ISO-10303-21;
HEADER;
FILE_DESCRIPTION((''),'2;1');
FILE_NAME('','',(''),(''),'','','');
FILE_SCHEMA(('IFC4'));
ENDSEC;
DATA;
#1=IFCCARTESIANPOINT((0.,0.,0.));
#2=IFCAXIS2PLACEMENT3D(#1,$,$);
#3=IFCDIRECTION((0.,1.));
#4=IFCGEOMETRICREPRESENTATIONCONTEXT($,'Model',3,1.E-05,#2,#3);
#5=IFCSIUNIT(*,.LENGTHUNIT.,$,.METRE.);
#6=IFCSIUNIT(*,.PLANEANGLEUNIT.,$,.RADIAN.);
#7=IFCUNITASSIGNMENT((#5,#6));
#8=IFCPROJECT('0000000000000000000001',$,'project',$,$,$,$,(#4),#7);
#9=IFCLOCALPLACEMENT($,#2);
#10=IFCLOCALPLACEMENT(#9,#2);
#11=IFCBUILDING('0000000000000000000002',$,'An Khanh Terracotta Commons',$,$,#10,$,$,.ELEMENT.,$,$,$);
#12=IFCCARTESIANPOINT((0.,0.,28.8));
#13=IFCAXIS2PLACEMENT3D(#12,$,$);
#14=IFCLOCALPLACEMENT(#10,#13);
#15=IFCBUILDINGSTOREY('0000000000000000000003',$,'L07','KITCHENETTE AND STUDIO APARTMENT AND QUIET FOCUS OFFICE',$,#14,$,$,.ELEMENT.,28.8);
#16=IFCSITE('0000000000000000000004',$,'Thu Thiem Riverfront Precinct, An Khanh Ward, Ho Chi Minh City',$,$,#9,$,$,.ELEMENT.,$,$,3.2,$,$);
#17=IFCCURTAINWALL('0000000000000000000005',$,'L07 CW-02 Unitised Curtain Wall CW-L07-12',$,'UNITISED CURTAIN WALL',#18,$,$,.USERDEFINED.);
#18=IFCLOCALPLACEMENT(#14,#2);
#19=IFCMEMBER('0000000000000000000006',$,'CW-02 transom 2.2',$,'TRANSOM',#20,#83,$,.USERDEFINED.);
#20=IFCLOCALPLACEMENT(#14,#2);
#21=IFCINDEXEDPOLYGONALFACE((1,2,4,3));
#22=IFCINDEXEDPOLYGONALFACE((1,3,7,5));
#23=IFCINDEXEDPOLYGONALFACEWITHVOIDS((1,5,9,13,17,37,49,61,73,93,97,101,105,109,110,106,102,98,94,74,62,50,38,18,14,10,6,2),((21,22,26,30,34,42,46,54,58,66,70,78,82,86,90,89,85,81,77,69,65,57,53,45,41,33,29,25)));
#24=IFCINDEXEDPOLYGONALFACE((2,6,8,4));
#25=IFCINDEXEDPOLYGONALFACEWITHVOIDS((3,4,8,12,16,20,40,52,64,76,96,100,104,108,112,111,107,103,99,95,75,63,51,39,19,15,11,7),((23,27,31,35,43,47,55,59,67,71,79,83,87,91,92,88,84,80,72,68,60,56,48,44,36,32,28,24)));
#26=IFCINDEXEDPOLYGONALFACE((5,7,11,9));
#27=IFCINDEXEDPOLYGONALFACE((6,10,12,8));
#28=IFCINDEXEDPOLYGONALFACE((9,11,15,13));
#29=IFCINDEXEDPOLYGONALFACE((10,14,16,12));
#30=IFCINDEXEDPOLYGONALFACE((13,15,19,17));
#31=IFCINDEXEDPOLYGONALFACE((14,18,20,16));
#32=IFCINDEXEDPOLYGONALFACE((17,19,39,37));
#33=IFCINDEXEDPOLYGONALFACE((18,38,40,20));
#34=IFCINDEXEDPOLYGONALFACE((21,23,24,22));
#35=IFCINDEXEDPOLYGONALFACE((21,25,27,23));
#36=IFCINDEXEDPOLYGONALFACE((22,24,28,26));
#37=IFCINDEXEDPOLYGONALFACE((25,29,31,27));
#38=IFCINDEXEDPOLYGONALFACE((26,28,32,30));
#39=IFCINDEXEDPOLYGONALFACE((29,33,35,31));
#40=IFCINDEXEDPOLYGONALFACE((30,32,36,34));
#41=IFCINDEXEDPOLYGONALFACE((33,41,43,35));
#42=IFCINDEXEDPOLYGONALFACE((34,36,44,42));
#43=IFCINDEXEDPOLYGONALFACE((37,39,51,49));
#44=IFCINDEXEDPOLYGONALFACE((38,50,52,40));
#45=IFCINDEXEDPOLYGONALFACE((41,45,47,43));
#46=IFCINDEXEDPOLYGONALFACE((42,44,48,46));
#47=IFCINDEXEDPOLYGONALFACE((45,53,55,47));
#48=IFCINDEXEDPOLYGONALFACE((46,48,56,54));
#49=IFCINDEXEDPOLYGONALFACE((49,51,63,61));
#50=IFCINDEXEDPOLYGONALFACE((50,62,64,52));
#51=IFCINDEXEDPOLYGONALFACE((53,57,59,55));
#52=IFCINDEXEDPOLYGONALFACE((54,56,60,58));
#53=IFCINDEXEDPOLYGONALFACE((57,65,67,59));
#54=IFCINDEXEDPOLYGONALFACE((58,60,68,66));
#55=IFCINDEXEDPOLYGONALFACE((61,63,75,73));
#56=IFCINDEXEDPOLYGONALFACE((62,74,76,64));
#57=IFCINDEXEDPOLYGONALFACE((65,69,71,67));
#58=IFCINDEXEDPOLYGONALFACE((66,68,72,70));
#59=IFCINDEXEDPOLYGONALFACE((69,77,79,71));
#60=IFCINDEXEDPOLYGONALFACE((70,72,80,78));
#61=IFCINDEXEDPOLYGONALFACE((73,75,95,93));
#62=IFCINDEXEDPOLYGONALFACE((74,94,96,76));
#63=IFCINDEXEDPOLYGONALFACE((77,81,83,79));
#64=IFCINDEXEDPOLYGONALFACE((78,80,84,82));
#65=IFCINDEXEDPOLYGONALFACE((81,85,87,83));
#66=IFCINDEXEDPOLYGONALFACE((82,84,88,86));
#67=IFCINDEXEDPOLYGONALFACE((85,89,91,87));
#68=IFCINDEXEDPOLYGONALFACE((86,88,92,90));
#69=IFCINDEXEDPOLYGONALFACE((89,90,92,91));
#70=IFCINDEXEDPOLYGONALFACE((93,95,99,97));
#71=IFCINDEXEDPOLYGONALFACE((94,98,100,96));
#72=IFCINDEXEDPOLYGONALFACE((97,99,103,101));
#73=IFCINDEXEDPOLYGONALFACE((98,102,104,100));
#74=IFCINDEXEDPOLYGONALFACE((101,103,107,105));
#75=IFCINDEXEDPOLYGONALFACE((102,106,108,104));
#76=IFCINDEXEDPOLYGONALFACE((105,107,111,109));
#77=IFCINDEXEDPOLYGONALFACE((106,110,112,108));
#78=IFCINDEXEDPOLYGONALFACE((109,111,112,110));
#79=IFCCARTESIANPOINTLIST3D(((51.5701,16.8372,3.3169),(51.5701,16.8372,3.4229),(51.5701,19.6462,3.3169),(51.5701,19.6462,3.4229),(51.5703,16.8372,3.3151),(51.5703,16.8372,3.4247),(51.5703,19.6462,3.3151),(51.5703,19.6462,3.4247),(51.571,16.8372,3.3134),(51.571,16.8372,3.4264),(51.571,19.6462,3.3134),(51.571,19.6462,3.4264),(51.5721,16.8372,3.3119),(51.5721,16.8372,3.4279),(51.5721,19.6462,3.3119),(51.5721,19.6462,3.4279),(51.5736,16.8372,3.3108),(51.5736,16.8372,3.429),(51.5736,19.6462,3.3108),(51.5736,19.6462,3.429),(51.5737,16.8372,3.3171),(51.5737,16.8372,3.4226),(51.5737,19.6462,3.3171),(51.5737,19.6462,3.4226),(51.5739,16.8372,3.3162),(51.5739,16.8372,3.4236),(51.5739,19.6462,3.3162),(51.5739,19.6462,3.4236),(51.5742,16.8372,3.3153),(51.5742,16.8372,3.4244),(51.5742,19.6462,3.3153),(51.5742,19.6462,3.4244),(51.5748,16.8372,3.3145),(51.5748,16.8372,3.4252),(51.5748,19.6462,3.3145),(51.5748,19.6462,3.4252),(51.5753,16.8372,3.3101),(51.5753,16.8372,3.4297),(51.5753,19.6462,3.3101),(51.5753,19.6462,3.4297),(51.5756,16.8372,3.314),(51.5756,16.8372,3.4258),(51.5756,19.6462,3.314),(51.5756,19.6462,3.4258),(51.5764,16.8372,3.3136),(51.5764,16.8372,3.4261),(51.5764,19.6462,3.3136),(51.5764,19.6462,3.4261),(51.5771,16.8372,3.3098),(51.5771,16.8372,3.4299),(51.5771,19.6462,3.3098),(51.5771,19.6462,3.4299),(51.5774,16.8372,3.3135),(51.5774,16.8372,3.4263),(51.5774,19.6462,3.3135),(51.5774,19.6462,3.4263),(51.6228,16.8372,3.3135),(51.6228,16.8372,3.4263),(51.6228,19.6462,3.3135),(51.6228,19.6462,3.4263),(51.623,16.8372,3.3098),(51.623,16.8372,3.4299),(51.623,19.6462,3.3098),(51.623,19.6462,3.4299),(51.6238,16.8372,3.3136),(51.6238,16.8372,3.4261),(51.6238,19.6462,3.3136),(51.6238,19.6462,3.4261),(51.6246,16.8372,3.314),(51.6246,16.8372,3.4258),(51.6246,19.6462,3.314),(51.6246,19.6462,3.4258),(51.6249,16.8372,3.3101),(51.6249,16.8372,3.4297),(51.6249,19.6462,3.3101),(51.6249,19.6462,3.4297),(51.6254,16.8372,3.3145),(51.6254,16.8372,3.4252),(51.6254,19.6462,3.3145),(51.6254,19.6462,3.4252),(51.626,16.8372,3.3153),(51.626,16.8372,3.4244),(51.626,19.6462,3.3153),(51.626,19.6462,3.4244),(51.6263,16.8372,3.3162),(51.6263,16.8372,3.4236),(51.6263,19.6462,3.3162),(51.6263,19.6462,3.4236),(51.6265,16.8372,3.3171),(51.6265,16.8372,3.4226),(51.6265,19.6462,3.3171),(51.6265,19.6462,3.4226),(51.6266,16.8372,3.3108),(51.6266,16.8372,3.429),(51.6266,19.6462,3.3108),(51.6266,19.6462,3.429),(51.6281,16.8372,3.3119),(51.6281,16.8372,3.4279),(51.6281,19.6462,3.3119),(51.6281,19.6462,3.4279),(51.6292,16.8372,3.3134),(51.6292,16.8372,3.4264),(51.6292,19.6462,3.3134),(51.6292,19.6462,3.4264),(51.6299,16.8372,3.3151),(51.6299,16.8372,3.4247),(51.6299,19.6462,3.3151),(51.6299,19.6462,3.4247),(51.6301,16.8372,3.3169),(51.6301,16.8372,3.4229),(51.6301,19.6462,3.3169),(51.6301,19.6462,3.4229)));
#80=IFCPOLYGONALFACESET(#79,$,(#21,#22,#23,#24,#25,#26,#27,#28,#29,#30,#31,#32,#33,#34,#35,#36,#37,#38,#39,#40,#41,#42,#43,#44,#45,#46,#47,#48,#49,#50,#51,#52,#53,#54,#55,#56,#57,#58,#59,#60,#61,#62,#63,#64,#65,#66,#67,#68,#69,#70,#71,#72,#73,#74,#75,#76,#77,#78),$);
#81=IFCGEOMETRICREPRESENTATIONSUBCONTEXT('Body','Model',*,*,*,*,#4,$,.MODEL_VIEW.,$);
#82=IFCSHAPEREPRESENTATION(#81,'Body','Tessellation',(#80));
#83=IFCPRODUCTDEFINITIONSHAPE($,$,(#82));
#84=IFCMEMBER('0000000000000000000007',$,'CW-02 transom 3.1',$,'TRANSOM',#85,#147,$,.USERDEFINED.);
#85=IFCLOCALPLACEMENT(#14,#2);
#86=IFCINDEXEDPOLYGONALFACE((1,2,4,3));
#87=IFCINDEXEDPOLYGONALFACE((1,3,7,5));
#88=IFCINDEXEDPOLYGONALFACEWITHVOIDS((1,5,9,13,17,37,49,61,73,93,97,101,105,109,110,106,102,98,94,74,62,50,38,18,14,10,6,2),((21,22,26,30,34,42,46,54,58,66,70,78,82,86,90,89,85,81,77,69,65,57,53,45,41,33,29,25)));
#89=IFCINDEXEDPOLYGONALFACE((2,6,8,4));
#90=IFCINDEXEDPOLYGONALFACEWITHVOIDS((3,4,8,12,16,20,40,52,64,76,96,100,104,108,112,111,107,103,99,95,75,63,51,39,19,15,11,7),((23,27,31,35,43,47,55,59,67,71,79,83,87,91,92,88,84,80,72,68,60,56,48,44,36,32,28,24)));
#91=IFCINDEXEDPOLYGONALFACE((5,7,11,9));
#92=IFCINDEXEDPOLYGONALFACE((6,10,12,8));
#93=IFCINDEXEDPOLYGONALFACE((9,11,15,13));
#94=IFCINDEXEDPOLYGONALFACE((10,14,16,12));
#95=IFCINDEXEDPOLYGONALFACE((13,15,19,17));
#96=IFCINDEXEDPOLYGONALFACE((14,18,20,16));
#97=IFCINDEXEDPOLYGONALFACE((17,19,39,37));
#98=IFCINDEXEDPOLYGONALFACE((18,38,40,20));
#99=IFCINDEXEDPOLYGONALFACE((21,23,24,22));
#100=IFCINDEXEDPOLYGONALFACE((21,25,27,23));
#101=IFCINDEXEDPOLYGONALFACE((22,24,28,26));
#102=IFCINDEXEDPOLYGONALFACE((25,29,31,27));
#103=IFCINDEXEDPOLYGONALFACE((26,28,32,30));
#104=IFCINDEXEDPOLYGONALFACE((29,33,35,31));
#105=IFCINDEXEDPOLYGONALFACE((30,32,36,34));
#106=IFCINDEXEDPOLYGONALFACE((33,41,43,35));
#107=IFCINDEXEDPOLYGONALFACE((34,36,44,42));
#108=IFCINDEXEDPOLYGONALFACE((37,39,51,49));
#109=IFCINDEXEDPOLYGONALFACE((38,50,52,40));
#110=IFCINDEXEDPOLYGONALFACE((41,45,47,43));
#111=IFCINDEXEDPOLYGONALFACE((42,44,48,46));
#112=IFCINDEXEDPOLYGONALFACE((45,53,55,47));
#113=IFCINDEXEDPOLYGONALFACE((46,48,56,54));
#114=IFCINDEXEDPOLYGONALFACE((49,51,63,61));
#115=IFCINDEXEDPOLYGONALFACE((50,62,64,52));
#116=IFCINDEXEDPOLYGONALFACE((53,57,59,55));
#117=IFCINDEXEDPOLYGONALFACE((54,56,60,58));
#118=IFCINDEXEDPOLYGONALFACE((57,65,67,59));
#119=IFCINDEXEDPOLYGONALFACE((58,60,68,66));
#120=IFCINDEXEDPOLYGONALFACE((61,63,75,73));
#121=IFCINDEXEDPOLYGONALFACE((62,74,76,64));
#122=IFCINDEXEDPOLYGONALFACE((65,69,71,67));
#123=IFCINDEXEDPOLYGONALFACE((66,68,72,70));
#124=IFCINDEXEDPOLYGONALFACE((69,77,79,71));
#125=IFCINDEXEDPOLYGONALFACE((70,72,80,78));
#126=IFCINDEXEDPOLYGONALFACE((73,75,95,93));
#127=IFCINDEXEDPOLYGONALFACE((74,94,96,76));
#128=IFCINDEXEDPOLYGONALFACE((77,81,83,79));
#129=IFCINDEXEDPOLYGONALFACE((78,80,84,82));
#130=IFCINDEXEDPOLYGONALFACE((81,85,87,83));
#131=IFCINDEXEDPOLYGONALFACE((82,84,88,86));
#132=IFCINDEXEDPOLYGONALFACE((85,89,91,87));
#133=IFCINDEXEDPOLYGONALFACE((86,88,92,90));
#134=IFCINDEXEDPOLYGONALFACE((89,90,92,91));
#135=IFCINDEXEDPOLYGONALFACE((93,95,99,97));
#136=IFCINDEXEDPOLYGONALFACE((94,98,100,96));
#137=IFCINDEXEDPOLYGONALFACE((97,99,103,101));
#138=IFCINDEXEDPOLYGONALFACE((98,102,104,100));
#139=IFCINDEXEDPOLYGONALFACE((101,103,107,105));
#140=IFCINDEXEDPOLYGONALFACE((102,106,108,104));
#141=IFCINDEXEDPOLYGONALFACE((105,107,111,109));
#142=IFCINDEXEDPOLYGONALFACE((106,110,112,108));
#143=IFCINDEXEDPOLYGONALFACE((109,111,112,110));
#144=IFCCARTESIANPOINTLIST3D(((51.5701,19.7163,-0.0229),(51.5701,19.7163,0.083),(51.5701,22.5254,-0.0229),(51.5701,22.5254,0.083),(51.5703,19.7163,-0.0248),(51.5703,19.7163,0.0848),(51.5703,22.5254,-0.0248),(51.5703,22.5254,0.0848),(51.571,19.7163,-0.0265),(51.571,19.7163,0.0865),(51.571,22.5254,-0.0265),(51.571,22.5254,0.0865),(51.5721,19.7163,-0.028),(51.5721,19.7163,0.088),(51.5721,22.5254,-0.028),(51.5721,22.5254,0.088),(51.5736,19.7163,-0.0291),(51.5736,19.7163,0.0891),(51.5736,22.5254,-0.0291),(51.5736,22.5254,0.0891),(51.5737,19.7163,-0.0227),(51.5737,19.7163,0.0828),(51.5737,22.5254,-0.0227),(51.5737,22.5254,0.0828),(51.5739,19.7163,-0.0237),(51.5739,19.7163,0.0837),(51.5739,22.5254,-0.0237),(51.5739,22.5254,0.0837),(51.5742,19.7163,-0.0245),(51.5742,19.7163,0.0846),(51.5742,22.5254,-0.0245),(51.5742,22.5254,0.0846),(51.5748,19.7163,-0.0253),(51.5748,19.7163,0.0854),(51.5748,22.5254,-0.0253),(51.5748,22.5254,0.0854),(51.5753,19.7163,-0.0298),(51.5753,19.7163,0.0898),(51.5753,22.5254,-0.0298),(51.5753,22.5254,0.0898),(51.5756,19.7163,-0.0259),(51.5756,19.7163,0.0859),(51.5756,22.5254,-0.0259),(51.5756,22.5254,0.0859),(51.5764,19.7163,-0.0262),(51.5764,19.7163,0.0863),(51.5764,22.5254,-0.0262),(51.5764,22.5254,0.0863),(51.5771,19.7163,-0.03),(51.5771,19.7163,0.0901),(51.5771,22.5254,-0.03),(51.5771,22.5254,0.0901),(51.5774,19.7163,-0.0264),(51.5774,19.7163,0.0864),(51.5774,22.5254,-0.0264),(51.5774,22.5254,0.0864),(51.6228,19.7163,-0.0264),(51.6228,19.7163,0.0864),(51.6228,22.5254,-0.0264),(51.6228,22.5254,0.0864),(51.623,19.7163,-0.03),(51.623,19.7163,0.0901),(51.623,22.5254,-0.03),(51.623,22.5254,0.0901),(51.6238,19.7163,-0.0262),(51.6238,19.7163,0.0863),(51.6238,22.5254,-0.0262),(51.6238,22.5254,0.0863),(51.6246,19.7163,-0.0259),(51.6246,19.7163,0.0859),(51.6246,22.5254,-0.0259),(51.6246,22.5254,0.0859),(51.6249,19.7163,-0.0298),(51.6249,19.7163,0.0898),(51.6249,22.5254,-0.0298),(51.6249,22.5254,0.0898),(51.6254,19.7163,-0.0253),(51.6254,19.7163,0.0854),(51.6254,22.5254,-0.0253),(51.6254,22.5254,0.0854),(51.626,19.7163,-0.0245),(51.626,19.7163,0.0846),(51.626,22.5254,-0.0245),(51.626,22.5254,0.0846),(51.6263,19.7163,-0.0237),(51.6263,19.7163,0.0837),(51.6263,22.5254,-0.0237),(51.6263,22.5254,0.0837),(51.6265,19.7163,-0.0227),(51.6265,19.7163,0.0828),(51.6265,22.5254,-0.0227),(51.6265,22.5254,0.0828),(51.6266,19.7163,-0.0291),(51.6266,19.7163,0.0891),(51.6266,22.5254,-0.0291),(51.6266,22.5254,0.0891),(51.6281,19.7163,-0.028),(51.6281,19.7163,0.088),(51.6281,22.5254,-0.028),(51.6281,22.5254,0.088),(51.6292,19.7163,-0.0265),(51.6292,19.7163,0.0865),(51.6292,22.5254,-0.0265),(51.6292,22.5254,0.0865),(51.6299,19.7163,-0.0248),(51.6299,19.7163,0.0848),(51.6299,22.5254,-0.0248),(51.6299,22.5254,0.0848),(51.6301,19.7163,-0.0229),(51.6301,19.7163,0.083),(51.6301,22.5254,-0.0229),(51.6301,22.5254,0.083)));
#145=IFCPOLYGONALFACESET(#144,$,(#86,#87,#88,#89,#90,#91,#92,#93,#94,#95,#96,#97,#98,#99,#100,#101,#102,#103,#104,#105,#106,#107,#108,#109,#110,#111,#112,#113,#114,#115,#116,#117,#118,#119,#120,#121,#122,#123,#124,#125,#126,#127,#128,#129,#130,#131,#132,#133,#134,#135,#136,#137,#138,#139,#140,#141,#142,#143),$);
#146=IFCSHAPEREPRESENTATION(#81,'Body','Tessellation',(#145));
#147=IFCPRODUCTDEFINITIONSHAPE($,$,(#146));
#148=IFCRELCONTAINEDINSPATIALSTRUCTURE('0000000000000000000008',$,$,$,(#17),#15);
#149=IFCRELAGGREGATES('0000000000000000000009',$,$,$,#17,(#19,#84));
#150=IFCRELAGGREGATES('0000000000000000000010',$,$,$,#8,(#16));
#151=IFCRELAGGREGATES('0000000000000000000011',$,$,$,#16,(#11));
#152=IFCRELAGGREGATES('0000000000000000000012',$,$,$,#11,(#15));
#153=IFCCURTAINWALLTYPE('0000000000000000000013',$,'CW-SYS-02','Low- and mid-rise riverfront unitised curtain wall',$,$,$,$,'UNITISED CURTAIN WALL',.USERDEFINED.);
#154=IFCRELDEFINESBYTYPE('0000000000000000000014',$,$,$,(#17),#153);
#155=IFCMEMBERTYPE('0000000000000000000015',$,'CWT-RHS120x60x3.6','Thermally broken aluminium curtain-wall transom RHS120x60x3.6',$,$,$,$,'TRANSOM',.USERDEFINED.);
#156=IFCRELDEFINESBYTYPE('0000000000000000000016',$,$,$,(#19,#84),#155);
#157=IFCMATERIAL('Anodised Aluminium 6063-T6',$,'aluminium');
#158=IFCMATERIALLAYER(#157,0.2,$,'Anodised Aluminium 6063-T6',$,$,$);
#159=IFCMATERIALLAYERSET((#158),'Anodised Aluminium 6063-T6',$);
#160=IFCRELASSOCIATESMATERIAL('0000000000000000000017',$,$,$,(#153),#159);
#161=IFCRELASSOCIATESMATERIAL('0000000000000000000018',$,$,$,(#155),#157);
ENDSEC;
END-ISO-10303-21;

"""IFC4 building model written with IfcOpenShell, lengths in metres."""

from ifc_helpers import new_model, si_unit, direction, frame, origin, origin_2d, place, context, subcontext, project, spatial, hollow_rectangle, extrude, material, layer, layer_set, material_profile, profile_set, type_object, element, aggregate, save


model = new_model("IFC4")

# Units and contexts
model_context = context("Model", 3, precision=1e-05, world=origin(), true_north=direction((0.0, 1.0)))
body_context = subcontext(model_context, "Body", "Model", "MODEL_VIEW")
ifc_project = project(units=[si_unit("LENGTHUNIT", "METRE"), si_unit("PLANEANGLEUNIT", "RADIAN")], contexts=[model_context])

# Site, building, storey
site_placement = place(None, origin())
site = spatial("IfcSite", under=ifc_project, at=site_placement, Name="Thu Thiem Riverfront Precinct, An Khanh Ward, Ho Chi Minh City", CompositionType="ELEMENT", RefElevation=3.2)
building_placement = place(site_placement, origin())
building = spatial("IfcBuilding", under=site, at=building_placement, Name="An Khanh Terracotta Commons", CompositionType="ELEMENT")
storey_placement = place(building_placement, frame((0.0, 0.0, 28.8)))
storey = spatial("IfcBuildingStorey", under=building, at=storey_placement, Name="L07", Description="KITCHENETTE AND STUDIO APARTMENT AND QUIET FOCUS OFFICE", CompositionType="ELEMENT", Elevation=28.8)

# Curtain wall, members
ifc_material_1 = material(Name="Anodised Aluminium 6063-T6", Category="aluminium")
ifc_layer_1 = layer(ifc_material_1, 0.2, Name="Anodised Aluminium 6063-T6")
ifc_layer_set_1 = layer_set([ifc_layer_1], Name="Anodised Aluminium 6063-T6")
curtain_wall_type = type_object("IfcCurtainWallType", Name="CW-SYS-02", Description="Low- and mid-rise riverfront unitised curtain wall", ElementType="UNITISED CURTAIN WALL", PredefinedType="USERDEFINED", material=ifc_layer_set_1)
curtain_wall_placement = place(storey_placement, origin())
curtain_wall = element("IfcCurtainWall", 1, at=curtain_wall_placement, inside=storey, type_object=curtain_wall_type, Name="L07 CW-02 Unitised Curtain Wall CW-L07-12", ObjectType="UNITISED CURTAIN WALL", PredefinedType="USERDEFINED")
ifc_material_profile_1 = material_profile(ifc_material_1, hollow_rectangle(XDim=0.0601, YDim=0.1201, WallThickness=0.0037, InnerFilletRadius=0.0037, OuterFilletRadius=0.0071, at=origin_2d()), Name="RHS120x60x3.6")
ifc_profile_set_1 = profile_set([ifc_material_profile_1], Name="Anodised Aluminium 6063-T6")
member_type_1 = type_object("IfcMemberType", Name="CWT-RHS120x60x3.6", Description="Thermally broken aluminium curtain-wall transom RHS120x60x3.6", ElementType="TRANSOM", PredefinedType="USERDEFINED", material=ifc_profile_set_1)
member_1_placement = place(storey_placement, frame((51.6001, 16.8372, 3.3699), z_axis=(0.0, 1.0, 0.0), x_axis=(-1.0, 0.0, 0.0)))
member_1 = element("IfcMember", 2, at=member_1_placement, type_object=member_type_1, Name="CW-02 transom 2.2", ObjectType="TRANSOM", PredefinedType="USERDEFINED", context=body_context, shape_type="SweptSolid", body=[
    extrude(hollow_rectangle(XDim=0.0601, YDim=0.1201, WallThickness=0.0037, InnerFilletRadius=0.0037, OuterFilletRadius=0.0071, at=origin_2d()), origin(), (0.0, 0.0, 1.0), 2.8091),
])
member_2_placement = place(storey_placement, frame((51.6001, 19.7163, 0.03), z_axis=(0.0, 1.0, 0.0), x_axis=(-1.0, 0.0, 0.0)))
member_2 = element("IfcMember", 3, at=member_2_placement, type_object=member_type_1, Name="CW-02 transom 3.1", ObjectType="TRANSOM", PredefinedType="USERDEFINED", context=body_context, shape_type="SweptSolid", body=[
    extrude(hollow_rectangle(XDim=0.0601, YDim=0.1201, WallThickness=0.0037, InnerFilletRadius=0.0037, OuterFilletRadius=0.0071, at=origin_2d()), origin(), (0.0, 0.0, 1.0), 2.8091),
])
aggregate(curtain_wall, [member_1, member_2])

save(model, "model.ifc")
